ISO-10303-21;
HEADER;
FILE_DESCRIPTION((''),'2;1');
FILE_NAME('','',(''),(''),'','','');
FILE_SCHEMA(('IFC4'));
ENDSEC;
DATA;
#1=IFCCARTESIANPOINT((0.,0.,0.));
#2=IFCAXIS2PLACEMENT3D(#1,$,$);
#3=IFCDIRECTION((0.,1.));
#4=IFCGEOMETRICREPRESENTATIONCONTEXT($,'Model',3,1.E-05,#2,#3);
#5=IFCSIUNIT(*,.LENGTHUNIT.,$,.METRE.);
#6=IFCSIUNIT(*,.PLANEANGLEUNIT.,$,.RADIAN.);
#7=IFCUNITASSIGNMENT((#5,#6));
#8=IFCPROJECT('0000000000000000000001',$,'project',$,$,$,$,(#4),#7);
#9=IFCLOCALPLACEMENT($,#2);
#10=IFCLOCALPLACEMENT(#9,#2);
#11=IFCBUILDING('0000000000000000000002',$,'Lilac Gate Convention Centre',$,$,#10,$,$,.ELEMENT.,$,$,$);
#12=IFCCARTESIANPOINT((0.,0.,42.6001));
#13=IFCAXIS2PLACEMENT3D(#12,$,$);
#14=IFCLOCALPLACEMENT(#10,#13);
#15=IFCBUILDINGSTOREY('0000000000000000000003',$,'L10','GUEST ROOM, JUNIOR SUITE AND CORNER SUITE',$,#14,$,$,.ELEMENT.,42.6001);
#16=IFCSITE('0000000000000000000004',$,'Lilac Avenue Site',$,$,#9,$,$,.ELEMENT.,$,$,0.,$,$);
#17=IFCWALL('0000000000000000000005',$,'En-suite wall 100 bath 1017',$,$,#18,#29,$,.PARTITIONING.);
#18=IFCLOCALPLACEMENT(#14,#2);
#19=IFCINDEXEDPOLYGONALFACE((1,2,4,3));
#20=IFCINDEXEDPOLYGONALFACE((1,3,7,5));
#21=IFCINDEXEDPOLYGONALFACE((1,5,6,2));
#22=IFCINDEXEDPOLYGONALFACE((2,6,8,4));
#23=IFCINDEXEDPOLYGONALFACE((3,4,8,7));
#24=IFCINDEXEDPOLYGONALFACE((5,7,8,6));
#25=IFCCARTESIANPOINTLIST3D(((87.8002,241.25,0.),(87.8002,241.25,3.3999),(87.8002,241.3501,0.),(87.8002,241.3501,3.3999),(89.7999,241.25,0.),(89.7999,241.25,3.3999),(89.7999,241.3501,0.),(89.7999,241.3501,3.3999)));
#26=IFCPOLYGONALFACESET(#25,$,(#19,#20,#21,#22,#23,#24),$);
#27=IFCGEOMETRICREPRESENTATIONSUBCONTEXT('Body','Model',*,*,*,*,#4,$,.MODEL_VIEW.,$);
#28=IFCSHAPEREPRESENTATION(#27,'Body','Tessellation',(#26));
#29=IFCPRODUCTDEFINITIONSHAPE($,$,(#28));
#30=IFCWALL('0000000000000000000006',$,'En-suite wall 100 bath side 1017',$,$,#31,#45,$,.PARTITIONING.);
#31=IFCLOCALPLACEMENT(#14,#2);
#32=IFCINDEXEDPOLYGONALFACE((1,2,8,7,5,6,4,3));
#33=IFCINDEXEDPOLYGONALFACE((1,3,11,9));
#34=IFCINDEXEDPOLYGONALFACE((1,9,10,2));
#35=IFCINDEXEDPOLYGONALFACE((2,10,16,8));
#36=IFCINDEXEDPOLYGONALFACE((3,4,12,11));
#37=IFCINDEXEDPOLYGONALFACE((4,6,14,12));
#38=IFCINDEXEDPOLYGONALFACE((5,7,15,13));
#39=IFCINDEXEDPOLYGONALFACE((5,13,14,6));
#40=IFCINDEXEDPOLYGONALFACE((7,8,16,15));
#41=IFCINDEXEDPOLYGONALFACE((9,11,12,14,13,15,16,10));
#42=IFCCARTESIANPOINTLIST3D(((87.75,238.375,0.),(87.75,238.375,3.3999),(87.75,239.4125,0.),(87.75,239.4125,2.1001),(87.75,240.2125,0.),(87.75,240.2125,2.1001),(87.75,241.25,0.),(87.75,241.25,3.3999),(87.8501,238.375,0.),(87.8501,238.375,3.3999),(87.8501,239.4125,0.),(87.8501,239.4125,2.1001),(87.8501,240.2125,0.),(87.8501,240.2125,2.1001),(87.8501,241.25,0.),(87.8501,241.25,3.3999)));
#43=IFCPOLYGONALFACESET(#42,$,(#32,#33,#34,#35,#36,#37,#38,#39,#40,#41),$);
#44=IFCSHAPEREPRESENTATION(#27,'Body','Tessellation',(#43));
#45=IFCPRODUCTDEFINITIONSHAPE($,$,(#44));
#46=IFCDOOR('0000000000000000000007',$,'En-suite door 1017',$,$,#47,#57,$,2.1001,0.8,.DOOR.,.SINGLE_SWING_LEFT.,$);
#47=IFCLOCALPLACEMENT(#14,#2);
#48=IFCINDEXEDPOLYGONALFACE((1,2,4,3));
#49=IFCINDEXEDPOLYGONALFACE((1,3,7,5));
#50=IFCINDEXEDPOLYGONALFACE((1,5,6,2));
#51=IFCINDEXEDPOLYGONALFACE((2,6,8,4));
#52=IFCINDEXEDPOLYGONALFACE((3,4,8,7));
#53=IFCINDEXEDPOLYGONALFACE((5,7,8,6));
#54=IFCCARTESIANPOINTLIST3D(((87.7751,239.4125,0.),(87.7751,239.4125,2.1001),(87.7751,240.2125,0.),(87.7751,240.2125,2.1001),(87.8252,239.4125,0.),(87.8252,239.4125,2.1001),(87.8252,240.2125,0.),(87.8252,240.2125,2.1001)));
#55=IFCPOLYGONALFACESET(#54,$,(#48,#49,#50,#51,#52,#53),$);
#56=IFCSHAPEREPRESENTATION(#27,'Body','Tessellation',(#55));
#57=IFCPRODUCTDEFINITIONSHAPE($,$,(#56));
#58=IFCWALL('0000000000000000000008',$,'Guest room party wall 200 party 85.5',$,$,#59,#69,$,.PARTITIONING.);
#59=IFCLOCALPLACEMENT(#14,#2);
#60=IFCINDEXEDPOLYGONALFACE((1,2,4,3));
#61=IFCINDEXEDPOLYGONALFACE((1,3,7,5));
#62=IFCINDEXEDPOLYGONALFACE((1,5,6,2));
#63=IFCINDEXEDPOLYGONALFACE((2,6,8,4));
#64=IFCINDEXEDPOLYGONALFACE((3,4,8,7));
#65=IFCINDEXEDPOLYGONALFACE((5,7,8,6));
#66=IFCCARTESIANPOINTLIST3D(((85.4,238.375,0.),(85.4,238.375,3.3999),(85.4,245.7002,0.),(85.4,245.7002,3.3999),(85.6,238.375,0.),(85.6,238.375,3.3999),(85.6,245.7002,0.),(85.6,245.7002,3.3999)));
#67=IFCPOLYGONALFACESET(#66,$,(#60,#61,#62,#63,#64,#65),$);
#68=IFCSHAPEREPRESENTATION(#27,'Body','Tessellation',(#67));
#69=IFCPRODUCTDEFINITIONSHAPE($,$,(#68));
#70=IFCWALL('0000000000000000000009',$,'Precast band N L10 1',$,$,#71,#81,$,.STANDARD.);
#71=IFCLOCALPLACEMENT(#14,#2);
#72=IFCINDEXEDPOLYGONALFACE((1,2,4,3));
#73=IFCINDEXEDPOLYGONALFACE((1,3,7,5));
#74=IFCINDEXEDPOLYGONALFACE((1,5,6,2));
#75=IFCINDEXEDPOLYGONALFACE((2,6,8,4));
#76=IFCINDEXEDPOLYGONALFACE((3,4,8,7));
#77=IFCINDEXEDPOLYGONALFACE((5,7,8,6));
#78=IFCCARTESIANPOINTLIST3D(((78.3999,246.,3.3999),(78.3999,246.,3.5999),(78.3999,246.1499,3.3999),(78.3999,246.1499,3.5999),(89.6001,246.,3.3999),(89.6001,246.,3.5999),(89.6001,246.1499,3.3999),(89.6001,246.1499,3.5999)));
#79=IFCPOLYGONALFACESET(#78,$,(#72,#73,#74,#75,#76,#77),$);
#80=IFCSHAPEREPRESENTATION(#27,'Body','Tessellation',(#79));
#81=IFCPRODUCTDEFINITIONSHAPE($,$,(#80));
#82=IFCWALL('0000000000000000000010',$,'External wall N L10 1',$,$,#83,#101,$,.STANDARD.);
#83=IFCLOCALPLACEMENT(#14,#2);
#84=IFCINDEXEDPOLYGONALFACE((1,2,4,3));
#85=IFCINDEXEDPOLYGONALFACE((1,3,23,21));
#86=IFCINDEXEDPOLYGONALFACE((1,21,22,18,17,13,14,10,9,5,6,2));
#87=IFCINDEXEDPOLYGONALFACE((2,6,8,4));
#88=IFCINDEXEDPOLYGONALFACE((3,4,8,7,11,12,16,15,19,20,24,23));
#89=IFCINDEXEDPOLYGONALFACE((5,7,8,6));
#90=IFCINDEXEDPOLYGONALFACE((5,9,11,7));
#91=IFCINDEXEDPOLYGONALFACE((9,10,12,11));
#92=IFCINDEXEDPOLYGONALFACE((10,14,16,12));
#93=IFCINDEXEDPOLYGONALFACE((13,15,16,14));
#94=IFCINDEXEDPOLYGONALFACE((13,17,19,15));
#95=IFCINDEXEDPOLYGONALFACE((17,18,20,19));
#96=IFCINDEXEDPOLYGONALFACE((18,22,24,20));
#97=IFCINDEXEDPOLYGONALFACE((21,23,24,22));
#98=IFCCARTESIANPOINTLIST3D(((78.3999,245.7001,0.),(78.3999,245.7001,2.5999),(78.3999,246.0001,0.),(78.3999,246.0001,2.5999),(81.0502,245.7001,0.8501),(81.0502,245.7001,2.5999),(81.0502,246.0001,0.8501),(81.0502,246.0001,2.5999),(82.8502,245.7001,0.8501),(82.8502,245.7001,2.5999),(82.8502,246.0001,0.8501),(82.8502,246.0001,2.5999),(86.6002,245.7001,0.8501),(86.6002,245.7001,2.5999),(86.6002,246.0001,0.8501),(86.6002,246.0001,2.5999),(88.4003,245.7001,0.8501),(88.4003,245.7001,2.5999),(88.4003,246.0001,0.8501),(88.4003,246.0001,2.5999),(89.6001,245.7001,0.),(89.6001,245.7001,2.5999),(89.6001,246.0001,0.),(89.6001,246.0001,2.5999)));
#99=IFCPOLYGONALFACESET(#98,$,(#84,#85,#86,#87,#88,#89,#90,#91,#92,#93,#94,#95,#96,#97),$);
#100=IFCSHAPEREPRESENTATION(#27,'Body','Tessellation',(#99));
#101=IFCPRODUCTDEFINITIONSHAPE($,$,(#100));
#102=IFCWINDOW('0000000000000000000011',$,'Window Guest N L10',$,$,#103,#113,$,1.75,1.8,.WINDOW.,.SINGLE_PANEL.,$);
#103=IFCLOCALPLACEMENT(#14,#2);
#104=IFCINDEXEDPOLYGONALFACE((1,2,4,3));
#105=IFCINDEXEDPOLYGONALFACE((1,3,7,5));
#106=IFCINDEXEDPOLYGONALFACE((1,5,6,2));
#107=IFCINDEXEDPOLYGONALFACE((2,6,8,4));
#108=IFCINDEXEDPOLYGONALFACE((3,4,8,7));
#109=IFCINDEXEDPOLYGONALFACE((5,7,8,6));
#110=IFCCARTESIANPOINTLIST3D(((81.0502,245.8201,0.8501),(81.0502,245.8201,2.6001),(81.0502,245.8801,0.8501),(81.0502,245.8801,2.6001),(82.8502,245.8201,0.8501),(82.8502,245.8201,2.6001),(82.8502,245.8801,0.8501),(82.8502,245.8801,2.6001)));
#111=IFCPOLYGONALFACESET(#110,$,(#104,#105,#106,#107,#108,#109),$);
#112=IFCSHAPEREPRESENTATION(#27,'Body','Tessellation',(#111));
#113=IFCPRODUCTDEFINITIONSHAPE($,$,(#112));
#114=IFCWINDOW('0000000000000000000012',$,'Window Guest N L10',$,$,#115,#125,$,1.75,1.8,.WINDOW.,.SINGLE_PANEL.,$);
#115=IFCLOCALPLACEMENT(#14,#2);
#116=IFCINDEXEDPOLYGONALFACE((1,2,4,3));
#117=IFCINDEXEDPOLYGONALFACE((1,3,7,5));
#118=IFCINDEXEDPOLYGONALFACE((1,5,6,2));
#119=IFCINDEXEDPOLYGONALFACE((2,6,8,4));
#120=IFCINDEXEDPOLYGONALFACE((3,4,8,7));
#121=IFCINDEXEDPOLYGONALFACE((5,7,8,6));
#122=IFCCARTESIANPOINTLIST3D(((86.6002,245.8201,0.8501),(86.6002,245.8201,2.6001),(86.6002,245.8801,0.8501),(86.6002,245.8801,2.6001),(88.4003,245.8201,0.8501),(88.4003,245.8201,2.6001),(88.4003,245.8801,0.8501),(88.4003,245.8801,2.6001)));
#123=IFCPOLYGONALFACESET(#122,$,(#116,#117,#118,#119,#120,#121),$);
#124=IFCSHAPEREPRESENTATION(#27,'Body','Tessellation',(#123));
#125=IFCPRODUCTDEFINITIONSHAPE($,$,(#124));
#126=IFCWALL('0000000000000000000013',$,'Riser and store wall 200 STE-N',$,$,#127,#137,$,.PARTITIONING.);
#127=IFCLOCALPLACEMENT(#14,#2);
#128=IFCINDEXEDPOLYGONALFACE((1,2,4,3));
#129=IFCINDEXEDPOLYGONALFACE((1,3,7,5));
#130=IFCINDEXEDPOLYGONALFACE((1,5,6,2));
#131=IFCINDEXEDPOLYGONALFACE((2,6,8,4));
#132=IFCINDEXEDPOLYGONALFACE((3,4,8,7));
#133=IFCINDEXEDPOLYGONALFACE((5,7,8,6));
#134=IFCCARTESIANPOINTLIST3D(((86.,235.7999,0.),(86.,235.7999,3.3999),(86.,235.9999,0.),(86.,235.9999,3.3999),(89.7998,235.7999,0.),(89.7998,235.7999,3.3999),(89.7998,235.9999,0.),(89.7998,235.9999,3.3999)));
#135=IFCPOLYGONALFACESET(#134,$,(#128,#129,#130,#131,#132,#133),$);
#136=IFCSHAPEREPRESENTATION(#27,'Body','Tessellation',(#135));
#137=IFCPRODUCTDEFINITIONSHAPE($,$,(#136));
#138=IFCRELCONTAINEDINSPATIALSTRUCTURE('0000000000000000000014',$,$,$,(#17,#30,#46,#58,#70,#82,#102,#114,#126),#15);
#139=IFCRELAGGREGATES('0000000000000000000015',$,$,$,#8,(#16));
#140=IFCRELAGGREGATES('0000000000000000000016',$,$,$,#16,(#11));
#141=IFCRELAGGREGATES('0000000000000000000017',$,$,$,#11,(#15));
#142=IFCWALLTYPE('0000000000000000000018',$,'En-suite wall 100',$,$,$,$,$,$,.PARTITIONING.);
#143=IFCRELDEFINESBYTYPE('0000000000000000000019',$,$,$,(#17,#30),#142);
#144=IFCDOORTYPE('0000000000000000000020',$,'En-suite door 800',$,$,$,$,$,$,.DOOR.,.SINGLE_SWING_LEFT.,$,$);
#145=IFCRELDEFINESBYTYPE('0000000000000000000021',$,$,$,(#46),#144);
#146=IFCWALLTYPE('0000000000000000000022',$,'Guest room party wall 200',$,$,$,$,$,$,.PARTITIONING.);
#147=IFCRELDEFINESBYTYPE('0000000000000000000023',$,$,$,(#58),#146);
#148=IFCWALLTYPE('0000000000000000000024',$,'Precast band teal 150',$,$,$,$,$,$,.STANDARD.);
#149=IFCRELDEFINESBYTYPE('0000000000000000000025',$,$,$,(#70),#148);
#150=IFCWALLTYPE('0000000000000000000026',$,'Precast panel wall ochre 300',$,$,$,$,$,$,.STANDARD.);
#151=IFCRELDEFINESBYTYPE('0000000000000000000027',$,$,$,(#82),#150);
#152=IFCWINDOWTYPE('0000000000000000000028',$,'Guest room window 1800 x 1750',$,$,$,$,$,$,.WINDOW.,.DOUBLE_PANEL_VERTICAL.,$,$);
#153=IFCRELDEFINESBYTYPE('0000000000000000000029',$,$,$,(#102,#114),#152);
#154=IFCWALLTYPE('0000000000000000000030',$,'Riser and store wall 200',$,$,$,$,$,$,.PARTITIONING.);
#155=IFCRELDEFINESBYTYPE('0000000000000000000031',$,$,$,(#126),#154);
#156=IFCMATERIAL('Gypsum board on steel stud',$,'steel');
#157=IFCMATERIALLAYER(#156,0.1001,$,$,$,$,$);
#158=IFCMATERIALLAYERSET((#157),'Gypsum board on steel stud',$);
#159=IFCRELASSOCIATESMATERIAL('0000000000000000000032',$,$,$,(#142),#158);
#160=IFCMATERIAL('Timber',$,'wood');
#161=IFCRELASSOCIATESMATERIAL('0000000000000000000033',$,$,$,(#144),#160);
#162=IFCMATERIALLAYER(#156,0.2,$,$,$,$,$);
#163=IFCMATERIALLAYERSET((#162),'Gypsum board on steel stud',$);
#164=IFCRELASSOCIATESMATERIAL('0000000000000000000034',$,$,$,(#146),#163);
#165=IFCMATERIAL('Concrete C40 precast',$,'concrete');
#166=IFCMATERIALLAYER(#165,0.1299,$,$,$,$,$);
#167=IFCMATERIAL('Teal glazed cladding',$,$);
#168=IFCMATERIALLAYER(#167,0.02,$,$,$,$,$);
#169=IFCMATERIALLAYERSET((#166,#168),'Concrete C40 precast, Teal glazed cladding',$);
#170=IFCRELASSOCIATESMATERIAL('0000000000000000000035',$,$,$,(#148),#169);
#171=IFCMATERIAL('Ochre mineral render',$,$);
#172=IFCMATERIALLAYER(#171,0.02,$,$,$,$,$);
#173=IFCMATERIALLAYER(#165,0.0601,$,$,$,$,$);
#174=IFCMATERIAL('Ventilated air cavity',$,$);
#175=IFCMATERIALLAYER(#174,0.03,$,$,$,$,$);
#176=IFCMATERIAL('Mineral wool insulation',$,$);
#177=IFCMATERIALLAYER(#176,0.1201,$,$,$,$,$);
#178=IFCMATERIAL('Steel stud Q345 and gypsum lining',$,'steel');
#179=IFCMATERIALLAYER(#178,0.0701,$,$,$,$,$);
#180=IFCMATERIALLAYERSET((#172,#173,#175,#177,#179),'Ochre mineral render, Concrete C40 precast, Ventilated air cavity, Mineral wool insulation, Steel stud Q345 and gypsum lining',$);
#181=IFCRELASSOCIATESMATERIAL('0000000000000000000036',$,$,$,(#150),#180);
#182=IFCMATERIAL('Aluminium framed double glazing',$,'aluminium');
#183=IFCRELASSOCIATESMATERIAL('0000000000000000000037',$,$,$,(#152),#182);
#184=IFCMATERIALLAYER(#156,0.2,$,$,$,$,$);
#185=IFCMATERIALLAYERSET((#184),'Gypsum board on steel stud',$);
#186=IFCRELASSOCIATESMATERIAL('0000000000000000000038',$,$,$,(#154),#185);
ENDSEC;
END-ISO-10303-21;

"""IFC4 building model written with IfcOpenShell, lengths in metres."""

from ifc_helpers import new_model, si_unit, direction, frame, frame_2d, origin, place, context, subcontext, project, spatial, rectangle, extrude, material, layer, layer_set, type_object, element, fill, save


model = new_model("IFC4")

# Units and contexts
model_context = context("Model", 3, precision=1e-05, world=origin(), true_north=direction((0.0, 1.0)))
body_context = subcontext(model_context, "Body", "Model", "MODEL_VIEW")
ifc_project = project(units=[si_unit("LENGTHUNIT", "METRE"), si_unit("PLANEANGLEUNIT", "RADIAN")], contexts=[model_context])

# Site, building, storey
site_placement = place(None, origin())
site = spatial("IfcSite", under=ifc_project, at=site_placement, Name="Lilac Avenue Site", CompositionType="ELEMENT", RefElevation=0.0)
building_placement = place(site_placement, origin())
building = spatial("IfcBuilding", under=site, at=building_placement, Name="Lilac Gate Convention Centre", CompositionType="ELEMENT")
storey_placement = place(building_placement, frame((0.0, 0.0, 42.6001)))
storey = spatial("IfcBuildingStorey", under=building, at=storey_placement, Name="L10", Description="GUEST ROOM, JUNIOR SUITE AND CORNER SUITE", CompositionType="ELEMENT", Elevation=42.6001)

# Shared definitions
ifc_material_1 = material(Name="Aluminium framed double glazing", Category="aluminium")

# Shared definitions
ifc_material_2 = material(Name="Gypsum board on steel stud", Category="steel")
ifc_material_3 = material(Name="Timber", Category="wood")

# Wall
ifc_layer_1 = layer(ifc_material_2, 0.1001)
ifc_layer_set_1 = layer_set([ifc_layer_1], Name="Gypsum board on steel stud")
wall_type_1 = type_object("IfcWallType", Name="En-suite wall 100", PredefinedType="PARTITIONING", material=ifc_layer_set_1)
wall_1_placement = place(storey_placement, frame((87.8, 241.3, 0.0), z_axis=(0.0, 0.0, 1.0), x_axis=(1.0, 0.0, 0.0)))
element("IfcWall", 1, at=wall_1_placement, inside=storey, type_object=wall_type_1, Name="En-suite wall 100 bath 1017", PredefinedType="PARTITIONING", context=body_context, shape_type="SweptSolid", body=[
    extrude(rectangle(XDim=1.9998, YDim=0.1001, at=frame_2d((1.0, 0.0))), origin(), (0.0, 0.0, 1.0), 3.3999),
])

# Wall, opening, door
wall_2_placement = place(storey_placement, frame((87.8, 238.375, 0.0), z_axis=(0.0, 0.0, 1.0), x_axis=(0.0, 1.0, 0.0)))
wall_2 = element("IfcWall", 2, at=wall_2_placement, inside=storey, type_object=wall_type_1, Name="En-suite wall 100 bath side 1017", PredefinedType="PARTITIONING", context=body_context, shape_type="SweptSolid", body=[
    extrude(rectangle(XDim=2.875, YDim=0.1001, at=frame_2d((1.4375, 0.0))), origin(), (0.0, 0.0, 1.0), 3.3999),
])
opening_1_placement = place(wall_2_placement, frame((1.0376, 0.0, 0.0)))
opening_1 = element("IfcOpeningElement", 3, at=opening_1_placement, cuts=wall_2, PredefinedType="OPENING", context=body_context, shape_type="SweptSolid", body=[
    extrude(rectangle(XDim=0.8, YDim=2.1001, at=frame_2d((0.3999, 1.05))), frame((0.0, 0.0601, 0.0), z_axis=(0.0, -1.0, 0.0), x_axis=(1.0, 0.0, 0.0)), (0.0, 0.0, 1.0), 0.1201),
])
door_type_1 = type_object("IfcDoorType", Name="En-suite door 800", OperationType="SINGLE_SWING_LEFT", PredefinedType="DOOR", material=ifc_material_3)
door_1_placement = place(opening_1_placement, origin())
door_1 = element("IfcDoor", 4, at=door_1_placement, inside=storey, type_object=door_type_1, Name="En-suite door 1017", OperationType="SINGLE_SWING_LEFT", OverallHeight=2.1001, OverallWidth=0.8, PredefinedType="DOOR", context=body_context, shape_type="SweptSolid", body=[
    extrude(rectangle(XDim=0.8, YDim=2.1001, at=frame_2d((0.3999, 1.05))), frame((0.0, 0.0249, 0.0), z_axis=(0.0, -1.0, 0.0), x_axis=(1.0, 0.0, 0.0)), (0.0, 0.0, 1.0), 0.05),
])
fill(opening_1, door_1)

# Walls
ifc_layer_2 = layer(ifc_material_2, 0.2)
ifc_layer_set_2 = layer_set([ifc_layer_2], Name="Gypsum board on steel stud")
wall_type_2 = type_object("IfcWallType", Name="Guest room party wall 200", PredefinedType="PARTITIONING", material=ifc_layer_set_2)
wall_3_placement = place(storey_placement, frame((85.5, 245.7002, 0.0), z_axis=(0.0, 0.0, 1.0), x_axis=(0.0, -1.0, 0.0)))
element("IfcWall", 5, at=wall_3_placement, inside=storey, type_object=wall_type_2, Name="Guest room party wall 200 party 85.5", PredefinedType="PARTITIONING", context=body_context, shape_type="SweptSolid", body=[
    extrude(rectangle(XDim=7.3252, YDim=0.2, at=frame_2d((3.6626, 0.0))), origin(), (0.0, 0.0, 1.0), 3.3999),
])
ifc_material_4 = material(Name="Concrete C40 precast", Category="concrete")
ifc_layer_3 = layer(ifc_material_4, 0.1299)
ifc_material_5 = material(Name="Teal glazed cladding")
ifc_layer_4 = layer(ifc_material_5, 0.02)
ifc_layer_set_3 = layer_set([ifc_layer_3, ifc_layer_4], Name="Concrete C40 precast, Teal glazed cladding")
wall_type_3 = type_object("IfcWallType", Name="Precast band teal 150", PredefinedType="STANDARD", material=ifc_layer_set_3)
wall_4_placement = place(storey_placement, frame((89.6001, 246.075, 3.3999), z_axis=(0.0, 0.0, 1.0), x_axis=(-1.0, 0.0, 0.0)))
element("IfcWall", 6, at=wall_4_placement, inside=storey, type_object=wall_type_3, Name="Precast band N L10 1", PredefinedType="STANDARD", context=body_context, shape_type="SweptSolid", body=[
    extrude(rectangle(XDim=11.2002, YDim=0.1499, at=frame_2d((5.6001, 0.0))), origin(), (0.0, 0.0, 1.0), 0.2),
])

# Wall, openings, windows
ifc_material_6 = material(Name="Ochre mineral render")
ifc_layer_5 = layer(ifc_material_6, 0.02)
ifc_layer_6 = layer(ifc_material_4, 0.0601)
ifc_material_7 = material(Name="Ventilated air cavity")
ifc_layer_7 = layer(ifc_material_7, 0.03)
ifc_material_8 = material(Name="Mineral wool insulation")
ifc_layer_8 = layer(ifc_material_8, 0.1201)
ifc_material_9 = material(Name="Steel stud Q345 and gypsum lining", Category="steel")
ifc_layer_9 = layer(ifc_material_9, 0.0701)
ifc_layer_set_4 = layer_set([ifc_layer_5, ifc_layer_6, ifc_layer_7, ifc_layer_8, ifc_layer_9], Name="Ochre mineral render, Concrete C40 precast, Ventilated air cavity, Mineral wool insulation, Steel stud Q345 and gypsum lining")
wall_type_4 = type_object("IfcWallType", Name="Precast panel wall ochre 300", PredefinedType="STANDARD", material=ifc_layer_set_4)
wall_5_placement = place(storey_placement, frame((89.6001, 245.8501, 0.0), z_axis=(0.0, 0.0, 1.0), x_axis=(-1.0, 0.0, 0.0)))
wall_5 = element("IfcWall", 7, at=wall_5_placement, inside=storey, type_object=wall_type_4, Name="External wall N L10 1", PredefinedType="STANDARD", context=body_context, shape_type="SweptSolid", body=[
    extrude(rectangle(XDim=11.2002, YDim=0.3, at=frame_2d((5.6001, 0.0))), origin(), (0.0, 0.0, 1.0), 2.5999),
])
opening_2_placement = place(wall_5_placement, frame((6.75, 0.0, 0.8501)))
opening_2 = element("IfcOpeningElement", 8, at=opening_2_placement, cuts=wall_5, PredefinedType="OPENING", context=body_context, shape_type="SweptSolid", body=[
    extrude(rectangle(XDim=1.8, YDim=1.75, at=frame_2d((0.8999, 0.875))), frame((0.0, 0.1599, 0.0), z_axis=(0.0, -1.0, 0.0), x_axis=(1.0, 0.0, 0.0)), (0.0, 0.0, 1.0), 0.3201),
])
opening_3_placement = place(wall_5_placement, frame((1.2, 0.0, 0.8501)))
opening_3 = element("IfcOpeningElement", 9, at=opening_3_placement, cuts=wall_5, PredefinedType="OPENING", context=body_context, shape_type="SweptSolid", body=[
    extrude(rectangle(XDim=1.8, YDim=1.75, at=frame_2d((0.8999, 0.875))), frame((0.0, 0.1599, 0.0), z_axis=(0.0, -1.0, 0.0), x_axis=(1.0, 0.0, 0.0)), (0.0, 0.0, 1.0), 0.3201),
])
window_type = type_object("IfcWindowType", Name="Guest room window 1800 x 1750", PartitioningType="DOUBLE_PANEL_VERTICAL", PredefinedType="WINDOW", material=ifc_material_1)
window_1_placement = place(opening_2_placement, origin())
window_1 = element("IfcWindow", 10, at=window_1_placement, inside=storey, type_object=window_type, Name="Window Guest N L10", OverallHeight=1.75, OverallWidth=1.8, PartitioningType="SINGLE_PANEL", PredefinedType="WINDOW", context=body_context, shape_type="SweptSolid", body=[
    extrude(rectangle(XDim=1.8, YDim=1.75, at=frame_2d((0.8999, 0.875))), frame((0.0, 0.03, 0.0), z_axis=(0.0, -1.0, 0.0), x_axis=(1.0, 0.0, 0.0)), (0.0, 0.0, 1.0), 0.0601),
])
fill(opening_2, window_1)
window_2_placement = place(opening_3_placement, origin())
window_2 = element("IfcWindow", 11, at=window_2_placement, inside=storey, type_object=window_type, Name="Window Guest N L10", OverallHeight=1.75, OverallWidth=1.8, PartitioningType="SINGLE_PANEL", PredefinedType="WINDOW", context=body_context, shape_type="SweptSolid", body=[
    extrude(rectangle(XDim=1.8, YDim=1.75, at=frame_2d((0.8999, 0.875))), frame((0.0, 0.03, 0.0), z_axis=(0.0, -1.0, 0.0), x_axis=(1.0, 0.0, 0.0)), (0.0, 0.0, 1.0), 0.0601),
])
fill(opening_3, window_2)

# Wall
ifc_layer_10 = layer(ifc_material_2, 0.2)
ifc_layer_set_5 = layer_set([ifc_layer_10], Name="Gypsum board on steel stud")
wall_type_5 = type_object("IfcWallType", Name="Riser and store wall 200", PredefinedType="PARTITIONING", material=ifc_layer_set_5)
wall_6_placement = place(storey_placement, frame((86.0, 235.8999, 0.0), z_axis=(0.0, 0.0, 1.0), x_axis=(1.0, 0.0, 0.0)))
element("IfcWall", 12, at=wall_6_placement, inside=storey, type_object=wall_type_5, Name="Riser and store wall 200 STE-N", PredefinedType="PARTITIONING", context=body_context, shape_type="SweptSolid", body=[
    extrude(rectangle(XDim=3.7998, YDim=0.2, at=frame_2d((1.8999, 0.0))), origin(), (0.0, 0.0, 1.0), 3.3999),
])

save(model, "model.ifc")
